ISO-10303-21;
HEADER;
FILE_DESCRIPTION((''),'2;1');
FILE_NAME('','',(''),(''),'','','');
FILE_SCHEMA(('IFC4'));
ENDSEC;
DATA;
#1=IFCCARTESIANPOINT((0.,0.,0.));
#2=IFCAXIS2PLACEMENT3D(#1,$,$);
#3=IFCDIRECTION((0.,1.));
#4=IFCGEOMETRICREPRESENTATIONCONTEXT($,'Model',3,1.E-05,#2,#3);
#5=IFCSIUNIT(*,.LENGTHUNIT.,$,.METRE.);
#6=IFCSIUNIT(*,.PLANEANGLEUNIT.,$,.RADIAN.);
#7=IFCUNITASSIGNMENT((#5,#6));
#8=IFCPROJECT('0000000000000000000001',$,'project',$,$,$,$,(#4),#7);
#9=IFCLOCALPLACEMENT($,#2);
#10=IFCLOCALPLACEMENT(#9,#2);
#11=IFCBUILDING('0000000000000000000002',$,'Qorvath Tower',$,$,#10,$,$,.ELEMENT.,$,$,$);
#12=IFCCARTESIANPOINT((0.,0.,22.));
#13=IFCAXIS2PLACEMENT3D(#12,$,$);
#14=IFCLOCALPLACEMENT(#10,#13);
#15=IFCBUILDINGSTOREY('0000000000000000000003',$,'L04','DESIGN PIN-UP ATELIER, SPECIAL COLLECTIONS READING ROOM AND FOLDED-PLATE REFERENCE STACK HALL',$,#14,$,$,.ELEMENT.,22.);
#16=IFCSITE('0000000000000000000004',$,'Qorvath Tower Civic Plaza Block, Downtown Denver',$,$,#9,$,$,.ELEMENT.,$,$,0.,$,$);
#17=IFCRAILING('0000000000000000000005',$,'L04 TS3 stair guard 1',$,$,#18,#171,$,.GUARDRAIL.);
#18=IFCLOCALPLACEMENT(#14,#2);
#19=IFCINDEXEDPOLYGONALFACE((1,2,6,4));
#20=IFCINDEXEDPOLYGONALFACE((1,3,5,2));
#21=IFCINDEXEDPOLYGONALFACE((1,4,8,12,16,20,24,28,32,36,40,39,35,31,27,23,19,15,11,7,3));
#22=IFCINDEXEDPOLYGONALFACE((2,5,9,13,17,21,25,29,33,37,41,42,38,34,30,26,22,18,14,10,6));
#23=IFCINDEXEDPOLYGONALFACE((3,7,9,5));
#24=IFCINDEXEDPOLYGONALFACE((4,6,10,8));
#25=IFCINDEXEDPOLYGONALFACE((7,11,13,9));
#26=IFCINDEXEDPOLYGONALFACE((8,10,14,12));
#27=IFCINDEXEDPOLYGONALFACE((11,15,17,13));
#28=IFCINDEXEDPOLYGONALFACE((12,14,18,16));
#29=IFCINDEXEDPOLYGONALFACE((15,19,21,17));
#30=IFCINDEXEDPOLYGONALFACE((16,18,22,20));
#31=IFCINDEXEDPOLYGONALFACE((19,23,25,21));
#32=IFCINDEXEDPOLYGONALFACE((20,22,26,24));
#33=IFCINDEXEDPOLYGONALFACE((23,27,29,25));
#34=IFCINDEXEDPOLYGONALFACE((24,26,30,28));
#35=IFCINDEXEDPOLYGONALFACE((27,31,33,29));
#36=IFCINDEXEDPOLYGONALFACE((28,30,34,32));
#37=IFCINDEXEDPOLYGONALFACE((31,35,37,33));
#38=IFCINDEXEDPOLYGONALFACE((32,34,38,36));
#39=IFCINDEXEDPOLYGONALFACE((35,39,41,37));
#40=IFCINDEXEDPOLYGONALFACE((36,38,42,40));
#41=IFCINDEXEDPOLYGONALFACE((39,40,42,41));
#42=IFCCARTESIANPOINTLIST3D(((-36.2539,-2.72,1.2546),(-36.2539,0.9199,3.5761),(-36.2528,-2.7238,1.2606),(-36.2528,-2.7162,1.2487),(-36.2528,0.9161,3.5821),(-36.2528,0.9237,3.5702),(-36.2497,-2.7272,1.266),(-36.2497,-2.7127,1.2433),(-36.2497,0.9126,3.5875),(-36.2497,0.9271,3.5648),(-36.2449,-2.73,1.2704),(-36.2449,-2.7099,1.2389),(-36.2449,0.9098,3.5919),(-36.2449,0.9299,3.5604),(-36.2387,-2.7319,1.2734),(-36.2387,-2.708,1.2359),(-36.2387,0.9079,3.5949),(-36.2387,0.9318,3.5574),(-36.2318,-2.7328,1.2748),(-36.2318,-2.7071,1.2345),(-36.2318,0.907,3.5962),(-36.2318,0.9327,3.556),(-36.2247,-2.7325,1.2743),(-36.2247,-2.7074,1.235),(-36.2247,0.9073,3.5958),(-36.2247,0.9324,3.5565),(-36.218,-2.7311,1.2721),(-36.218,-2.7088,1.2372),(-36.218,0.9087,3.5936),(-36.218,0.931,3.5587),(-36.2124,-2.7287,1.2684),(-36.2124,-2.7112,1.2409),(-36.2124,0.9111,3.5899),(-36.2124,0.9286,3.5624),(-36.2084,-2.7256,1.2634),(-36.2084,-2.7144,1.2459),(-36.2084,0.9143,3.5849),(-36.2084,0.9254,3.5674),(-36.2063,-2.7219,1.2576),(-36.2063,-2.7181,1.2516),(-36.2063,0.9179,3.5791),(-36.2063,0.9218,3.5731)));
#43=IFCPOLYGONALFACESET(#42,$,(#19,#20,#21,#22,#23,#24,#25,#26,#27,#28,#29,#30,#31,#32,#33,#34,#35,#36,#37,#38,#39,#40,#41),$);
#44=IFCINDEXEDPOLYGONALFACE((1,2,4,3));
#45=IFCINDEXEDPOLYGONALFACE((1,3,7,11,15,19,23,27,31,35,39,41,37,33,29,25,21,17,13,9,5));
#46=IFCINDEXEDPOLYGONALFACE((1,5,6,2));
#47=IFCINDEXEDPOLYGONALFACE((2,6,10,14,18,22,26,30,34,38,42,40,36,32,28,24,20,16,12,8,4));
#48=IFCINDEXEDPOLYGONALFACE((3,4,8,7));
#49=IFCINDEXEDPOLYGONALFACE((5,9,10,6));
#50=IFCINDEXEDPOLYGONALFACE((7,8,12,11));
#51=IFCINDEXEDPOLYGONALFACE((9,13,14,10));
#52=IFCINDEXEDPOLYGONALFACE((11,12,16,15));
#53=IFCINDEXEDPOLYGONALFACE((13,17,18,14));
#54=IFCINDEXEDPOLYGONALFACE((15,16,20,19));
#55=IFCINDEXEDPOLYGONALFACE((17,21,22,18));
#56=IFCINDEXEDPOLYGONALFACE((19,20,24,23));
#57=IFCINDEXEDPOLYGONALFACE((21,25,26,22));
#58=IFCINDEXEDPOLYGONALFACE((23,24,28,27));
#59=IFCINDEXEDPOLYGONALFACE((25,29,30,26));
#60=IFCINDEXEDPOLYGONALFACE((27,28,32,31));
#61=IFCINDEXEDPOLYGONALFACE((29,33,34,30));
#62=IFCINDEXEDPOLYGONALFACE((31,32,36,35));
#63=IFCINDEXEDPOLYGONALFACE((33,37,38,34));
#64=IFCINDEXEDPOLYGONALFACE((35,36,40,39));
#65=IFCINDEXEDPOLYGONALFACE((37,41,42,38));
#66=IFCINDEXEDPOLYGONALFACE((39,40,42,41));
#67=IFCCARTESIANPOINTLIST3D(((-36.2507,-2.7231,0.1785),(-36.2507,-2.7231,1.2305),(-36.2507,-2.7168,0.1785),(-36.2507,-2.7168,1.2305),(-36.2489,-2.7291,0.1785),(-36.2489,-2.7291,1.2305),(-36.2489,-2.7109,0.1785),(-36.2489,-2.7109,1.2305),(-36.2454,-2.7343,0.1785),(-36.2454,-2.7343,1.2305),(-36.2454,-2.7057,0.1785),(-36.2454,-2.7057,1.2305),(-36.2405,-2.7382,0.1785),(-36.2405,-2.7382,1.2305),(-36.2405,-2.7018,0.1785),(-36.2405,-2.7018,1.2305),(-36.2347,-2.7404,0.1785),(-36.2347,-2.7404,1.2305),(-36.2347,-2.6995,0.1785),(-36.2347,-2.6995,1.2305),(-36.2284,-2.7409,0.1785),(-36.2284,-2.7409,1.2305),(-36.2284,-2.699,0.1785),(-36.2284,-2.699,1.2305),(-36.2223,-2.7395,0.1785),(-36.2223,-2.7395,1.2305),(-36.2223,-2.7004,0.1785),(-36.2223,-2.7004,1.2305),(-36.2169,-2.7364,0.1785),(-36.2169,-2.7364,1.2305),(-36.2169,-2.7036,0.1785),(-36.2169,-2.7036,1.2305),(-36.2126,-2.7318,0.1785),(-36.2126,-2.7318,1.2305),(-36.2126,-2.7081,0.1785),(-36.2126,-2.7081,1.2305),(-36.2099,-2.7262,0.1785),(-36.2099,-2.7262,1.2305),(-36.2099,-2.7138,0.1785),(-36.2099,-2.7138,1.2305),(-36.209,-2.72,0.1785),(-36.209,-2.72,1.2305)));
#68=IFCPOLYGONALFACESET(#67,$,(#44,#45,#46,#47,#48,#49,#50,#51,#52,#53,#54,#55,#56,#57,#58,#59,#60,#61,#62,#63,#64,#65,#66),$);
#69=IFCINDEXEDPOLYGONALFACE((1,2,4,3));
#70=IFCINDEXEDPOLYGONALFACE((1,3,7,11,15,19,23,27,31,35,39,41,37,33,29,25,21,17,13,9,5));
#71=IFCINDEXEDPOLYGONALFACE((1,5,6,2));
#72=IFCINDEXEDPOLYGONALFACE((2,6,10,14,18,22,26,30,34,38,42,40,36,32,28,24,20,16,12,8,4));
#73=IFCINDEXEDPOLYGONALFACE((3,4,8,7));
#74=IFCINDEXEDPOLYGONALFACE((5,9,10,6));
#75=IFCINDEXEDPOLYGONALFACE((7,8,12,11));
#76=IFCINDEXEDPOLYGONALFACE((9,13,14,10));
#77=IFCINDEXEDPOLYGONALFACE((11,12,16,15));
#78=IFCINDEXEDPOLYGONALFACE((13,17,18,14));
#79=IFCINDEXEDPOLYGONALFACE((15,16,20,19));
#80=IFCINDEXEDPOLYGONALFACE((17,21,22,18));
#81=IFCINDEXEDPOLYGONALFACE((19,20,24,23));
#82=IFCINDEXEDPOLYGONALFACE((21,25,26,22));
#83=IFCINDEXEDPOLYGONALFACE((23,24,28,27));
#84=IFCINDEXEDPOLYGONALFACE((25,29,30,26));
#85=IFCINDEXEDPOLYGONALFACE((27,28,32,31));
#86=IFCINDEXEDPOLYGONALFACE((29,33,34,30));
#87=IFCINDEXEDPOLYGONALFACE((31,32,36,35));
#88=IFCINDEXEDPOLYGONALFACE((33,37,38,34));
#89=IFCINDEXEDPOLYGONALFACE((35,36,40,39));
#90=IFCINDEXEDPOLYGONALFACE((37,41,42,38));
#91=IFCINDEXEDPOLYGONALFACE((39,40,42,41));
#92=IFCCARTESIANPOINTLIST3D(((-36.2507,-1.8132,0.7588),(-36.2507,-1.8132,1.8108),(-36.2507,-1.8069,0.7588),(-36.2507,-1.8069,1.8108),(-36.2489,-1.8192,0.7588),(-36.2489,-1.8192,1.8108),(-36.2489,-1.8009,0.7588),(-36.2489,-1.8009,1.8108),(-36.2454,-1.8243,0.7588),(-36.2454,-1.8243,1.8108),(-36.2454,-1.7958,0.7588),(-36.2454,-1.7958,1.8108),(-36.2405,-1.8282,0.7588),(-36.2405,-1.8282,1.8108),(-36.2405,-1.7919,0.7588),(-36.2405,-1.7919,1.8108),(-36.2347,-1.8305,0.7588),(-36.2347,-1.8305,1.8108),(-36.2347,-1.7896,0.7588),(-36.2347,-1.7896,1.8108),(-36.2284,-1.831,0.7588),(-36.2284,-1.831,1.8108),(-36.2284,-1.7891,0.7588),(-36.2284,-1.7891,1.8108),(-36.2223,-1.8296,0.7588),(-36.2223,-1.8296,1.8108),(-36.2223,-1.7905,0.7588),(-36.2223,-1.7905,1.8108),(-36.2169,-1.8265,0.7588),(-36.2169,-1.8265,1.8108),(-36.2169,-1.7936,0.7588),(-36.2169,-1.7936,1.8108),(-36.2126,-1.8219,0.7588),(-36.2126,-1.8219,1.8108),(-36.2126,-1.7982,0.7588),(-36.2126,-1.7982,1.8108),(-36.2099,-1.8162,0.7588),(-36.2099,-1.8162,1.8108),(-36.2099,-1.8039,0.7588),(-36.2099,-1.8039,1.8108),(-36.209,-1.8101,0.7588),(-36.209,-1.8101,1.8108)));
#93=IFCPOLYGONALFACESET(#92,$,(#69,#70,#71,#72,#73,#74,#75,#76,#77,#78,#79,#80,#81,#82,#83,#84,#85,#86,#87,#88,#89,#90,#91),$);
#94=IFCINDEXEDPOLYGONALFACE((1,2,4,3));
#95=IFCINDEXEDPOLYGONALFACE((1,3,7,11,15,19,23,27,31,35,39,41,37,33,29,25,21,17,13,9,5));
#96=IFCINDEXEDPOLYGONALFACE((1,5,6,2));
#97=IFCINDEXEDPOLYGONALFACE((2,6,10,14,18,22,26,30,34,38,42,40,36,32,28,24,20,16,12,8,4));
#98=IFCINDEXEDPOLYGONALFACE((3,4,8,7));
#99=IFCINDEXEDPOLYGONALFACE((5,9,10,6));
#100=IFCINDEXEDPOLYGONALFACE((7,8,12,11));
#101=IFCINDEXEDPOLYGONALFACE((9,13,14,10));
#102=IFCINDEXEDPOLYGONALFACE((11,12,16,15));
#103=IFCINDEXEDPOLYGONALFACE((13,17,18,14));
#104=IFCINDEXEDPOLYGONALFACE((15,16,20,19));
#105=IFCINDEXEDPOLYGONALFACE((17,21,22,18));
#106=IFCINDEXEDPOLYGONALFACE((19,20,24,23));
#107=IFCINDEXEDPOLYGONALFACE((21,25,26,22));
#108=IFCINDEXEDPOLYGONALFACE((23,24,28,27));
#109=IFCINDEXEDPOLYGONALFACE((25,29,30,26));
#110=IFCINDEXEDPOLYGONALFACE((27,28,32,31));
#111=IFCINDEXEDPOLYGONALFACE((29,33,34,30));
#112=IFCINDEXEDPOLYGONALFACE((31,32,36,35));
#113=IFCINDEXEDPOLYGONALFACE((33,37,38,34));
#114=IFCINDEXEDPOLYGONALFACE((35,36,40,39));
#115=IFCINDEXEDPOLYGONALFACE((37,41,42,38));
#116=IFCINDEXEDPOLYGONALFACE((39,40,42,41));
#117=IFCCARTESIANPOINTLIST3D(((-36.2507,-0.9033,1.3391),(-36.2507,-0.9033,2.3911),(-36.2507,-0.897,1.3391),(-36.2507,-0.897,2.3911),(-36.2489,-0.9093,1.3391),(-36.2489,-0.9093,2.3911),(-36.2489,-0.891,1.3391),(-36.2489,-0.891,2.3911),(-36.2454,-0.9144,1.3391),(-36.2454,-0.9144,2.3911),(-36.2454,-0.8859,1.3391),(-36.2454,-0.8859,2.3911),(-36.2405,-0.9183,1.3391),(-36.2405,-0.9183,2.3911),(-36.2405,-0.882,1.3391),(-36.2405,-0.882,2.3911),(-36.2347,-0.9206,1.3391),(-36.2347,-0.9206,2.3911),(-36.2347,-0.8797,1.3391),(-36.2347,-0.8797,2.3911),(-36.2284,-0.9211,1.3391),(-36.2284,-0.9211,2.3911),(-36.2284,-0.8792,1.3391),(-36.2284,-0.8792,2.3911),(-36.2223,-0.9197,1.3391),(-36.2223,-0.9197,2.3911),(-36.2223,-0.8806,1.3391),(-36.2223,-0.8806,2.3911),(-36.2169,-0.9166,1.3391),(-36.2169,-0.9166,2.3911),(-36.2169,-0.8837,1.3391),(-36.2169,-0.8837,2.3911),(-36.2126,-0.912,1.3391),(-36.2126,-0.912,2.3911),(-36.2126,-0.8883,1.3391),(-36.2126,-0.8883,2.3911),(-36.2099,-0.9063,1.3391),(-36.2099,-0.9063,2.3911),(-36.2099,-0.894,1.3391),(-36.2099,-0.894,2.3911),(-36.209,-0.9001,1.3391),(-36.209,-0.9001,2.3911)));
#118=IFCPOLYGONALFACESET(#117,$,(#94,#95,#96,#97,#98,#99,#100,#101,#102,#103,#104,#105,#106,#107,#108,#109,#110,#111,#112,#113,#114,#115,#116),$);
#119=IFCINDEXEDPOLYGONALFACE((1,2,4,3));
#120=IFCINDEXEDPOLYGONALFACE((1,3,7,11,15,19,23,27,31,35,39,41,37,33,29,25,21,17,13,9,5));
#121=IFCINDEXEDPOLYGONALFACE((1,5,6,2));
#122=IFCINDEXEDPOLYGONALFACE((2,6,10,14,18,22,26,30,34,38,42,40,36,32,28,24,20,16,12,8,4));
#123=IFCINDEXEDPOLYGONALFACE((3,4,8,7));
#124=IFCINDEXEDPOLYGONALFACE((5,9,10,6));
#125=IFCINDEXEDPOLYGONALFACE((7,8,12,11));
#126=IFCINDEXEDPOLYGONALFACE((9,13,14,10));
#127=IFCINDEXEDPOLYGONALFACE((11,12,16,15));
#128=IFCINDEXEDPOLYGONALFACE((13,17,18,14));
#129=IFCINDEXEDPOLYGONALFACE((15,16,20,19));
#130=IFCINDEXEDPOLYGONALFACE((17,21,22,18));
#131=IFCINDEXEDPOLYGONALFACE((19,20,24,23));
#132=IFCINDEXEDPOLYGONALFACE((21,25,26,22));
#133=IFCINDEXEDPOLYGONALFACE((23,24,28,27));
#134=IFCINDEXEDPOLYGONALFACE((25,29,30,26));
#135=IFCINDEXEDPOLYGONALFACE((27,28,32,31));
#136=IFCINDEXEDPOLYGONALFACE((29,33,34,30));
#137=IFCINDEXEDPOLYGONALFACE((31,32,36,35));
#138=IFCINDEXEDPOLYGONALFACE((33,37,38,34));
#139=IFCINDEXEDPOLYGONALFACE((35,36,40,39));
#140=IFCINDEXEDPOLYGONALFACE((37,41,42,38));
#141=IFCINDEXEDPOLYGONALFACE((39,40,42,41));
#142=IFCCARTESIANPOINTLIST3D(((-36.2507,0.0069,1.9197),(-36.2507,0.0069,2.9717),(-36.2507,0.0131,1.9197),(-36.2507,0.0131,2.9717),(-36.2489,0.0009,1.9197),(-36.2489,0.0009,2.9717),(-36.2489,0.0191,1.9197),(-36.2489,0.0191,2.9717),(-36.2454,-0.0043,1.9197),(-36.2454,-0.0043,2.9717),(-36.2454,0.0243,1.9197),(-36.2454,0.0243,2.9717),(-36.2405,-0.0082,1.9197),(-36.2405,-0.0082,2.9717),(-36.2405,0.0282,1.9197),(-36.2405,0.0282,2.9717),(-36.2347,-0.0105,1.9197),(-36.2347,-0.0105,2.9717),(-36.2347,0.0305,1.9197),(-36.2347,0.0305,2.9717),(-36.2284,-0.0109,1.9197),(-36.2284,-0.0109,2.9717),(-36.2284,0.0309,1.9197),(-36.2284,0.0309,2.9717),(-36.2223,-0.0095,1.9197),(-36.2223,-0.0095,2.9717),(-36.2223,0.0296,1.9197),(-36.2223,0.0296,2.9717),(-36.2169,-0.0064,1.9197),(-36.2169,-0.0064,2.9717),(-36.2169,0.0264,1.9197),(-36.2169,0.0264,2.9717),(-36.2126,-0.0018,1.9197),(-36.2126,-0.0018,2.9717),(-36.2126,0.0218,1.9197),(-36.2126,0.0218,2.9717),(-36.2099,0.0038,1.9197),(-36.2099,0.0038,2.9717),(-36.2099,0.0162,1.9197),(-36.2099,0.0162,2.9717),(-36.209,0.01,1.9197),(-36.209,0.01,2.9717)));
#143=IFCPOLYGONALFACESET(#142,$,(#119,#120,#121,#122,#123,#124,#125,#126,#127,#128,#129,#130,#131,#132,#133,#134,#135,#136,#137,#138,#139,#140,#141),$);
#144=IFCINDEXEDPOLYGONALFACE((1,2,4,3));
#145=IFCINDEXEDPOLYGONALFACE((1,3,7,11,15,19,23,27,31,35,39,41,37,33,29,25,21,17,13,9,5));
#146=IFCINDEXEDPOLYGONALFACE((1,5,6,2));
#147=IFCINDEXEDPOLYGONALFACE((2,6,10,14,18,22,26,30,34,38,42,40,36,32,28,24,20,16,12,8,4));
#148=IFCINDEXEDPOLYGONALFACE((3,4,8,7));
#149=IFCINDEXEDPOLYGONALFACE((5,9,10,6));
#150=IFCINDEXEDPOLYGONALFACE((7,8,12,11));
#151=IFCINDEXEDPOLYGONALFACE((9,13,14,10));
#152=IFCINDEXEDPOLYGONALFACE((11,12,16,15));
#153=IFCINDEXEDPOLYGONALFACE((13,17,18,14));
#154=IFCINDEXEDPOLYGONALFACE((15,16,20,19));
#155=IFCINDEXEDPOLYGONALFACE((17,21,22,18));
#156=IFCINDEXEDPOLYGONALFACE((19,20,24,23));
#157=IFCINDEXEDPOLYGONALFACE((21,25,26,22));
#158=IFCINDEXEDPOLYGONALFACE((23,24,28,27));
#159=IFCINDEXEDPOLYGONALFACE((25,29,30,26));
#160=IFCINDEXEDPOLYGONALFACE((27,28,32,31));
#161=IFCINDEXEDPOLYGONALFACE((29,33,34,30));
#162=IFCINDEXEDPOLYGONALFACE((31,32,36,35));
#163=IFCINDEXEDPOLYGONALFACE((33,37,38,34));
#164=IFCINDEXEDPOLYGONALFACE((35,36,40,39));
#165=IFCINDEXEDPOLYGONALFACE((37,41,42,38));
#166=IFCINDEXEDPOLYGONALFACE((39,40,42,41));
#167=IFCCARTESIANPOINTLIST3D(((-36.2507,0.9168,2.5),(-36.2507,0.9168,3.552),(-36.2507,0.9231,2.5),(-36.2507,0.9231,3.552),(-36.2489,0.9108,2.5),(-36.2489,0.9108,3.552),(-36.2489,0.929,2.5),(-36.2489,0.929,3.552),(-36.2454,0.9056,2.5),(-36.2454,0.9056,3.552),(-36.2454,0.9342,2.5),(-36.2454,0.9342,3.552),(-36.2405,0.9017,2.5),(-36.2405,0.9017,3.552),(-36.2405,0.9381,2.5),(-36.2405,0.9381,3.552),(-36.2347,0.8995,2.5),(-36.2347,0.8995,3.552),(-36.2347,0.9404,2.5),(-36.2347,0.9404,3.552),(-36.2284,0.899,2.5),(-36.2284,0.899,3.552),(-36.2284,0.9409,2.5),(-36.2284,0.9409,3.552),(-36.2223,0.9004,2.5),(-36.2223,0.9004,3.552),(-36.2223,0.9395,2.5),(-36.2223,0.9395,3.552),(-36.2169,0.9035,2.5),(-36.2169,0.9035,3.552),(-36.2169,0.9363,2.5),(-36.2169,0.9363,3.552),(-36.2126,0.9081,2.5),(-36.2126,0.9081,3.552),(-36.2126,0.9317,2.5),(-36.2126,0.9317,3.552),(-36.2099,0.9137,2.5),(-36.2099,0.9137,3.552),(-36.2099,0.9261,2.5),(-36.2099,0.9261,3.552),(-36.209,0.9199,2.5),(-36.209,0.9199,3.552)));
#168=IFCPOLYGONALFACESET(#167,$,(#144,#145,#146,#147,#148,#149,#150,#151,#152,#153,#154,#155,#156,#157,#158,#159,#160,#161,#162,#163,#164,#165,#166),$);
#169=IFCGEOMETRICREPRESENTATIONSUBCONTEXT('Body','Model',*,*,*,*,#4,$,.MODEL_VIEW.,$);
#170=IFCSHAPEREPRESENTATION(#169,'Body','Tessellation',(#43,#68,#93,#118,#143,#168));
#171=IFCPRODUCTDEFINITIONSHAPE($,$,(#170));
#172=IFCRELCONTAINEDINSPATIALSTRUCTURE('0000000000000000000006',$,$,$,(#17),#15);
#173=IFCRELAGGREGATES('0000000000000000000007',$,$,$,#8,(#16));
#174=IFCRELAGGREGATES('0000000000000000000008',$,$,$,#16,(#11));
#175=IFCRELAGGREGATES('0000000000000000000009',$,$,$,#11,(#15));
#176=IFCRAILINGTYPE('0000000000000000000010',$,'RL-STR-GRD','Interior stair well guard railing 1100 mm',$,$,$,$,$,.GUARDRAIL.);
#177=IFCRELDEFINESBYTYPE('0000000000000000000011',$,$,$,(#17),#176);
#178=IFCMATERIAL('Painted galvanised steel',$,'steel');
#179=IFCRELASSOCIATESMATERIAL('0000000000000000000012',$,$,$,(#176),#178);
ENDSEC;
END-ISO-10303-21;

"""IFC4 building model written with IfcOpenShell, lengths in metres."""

from ifc_helpers import new_model, si_unit, direction, frame, origin, origin_2d, place, context, subcontext, project, spatial, circle, extrude, material, type_object, element, save


model = new_model("IFC4")

# Units and contexts
model_context = context("Model", 3, precision=1e-05, world=origin(), true_north=direction((0.0, 1.0)))
body_context = subcontext(model_context, "Body", "Model", "MODEL_VIEW")
ifc_project = project(units=[si_unit("LENGTHUNIT", "METRE"), si_unit("PLANEANGLEUNIT", "RADIAN")], contexts=[model_context])

# Site, building, storey
site_placement = place(None, origin())
site = spatial("IfcSite", under=ifc_project, at=site_placement, Name="Qorvath Tower Civic Plaza Block, Downtown Denver", CompositionType="ELEMENT", RefElevation=0.0)
building_placement = place(site_placement, origin())
building = spatial("IfcBuilding", under=site, at=building_placement, Name="Qorvath Tower", CompositionType="ELEMENT")
storey_placement = place(building_placement, frame((0.0, 0.0, 22.0)))
storey = spatial("IfcBuildingStorey", under=building, at=storey_placement, Name="L04", Description="DESIGN PIN-UP ATELIER, SPECIAL COLLECTIONS READING ROOM AND FOLDED-PLATE REFERENCE STACK HALL", CompositionType="ELEMENT", Elevation=22.0)

# Railing
ifc_material_1 = material(Name="Painted galvanised steel", Category="steel")
railing_type_1 = type_object("IfcRailingType", Name="RL-STR-GRD", Description="Interior stair well guard railing 1100 mm", PredefinedType="GUARDRAIL", material=ifc_material_1)
railing_1_placement = place(storey_placement, frame((-36.23, -2.72, 0.1785)))
element("IfcRailing", 1, at=railing_1_placement, inside=storey, type_object=railing_type_1, Name="L04 TS3 stair guard 1", PredefinedType="GUARDRAIL", context=body_context, shape_type="SweptSolid", body=[
    extrude(circle(Radius=0.0239, at=origin_2d()), frame((0.0, 0.0, 1.0762), z_axis=(0.0, 0.843112, 0.537739), x_axis=(-1.0, 0.0, 0.0)), (0.0, 0.0, 1.0), 4.3171),
    extrude(circle(Radius=0.021, at=origin_2d()), origin(), (0.0, 0.0, 1.0), 1.052),
    extrude(circle(Radius=0.021, at=origin_2d()), frame((0.0, 0.9099, 0.5803)), (0.0, 0.0, 1.0), 1.052),
    extrude(circle(Radius=0.021, at=origin_2d()), frame((0.0, 1.8198, 1.1606)), (0.0, 0.0, 1.0), 1.052),
    extrude(circle(Radius=0.021, at=origin_2d()), frame((0.0, 2.73, 1.7412)), (0.0, 0.0, 1.0), 1.052),
    extrude(circle(Radius=0.021, at=origin_2d()), frame((0.0, 3.6399, 2.3215)), (0.0, 0.0, 1.0), 1.052),
])

save(model, "model.ifc")
